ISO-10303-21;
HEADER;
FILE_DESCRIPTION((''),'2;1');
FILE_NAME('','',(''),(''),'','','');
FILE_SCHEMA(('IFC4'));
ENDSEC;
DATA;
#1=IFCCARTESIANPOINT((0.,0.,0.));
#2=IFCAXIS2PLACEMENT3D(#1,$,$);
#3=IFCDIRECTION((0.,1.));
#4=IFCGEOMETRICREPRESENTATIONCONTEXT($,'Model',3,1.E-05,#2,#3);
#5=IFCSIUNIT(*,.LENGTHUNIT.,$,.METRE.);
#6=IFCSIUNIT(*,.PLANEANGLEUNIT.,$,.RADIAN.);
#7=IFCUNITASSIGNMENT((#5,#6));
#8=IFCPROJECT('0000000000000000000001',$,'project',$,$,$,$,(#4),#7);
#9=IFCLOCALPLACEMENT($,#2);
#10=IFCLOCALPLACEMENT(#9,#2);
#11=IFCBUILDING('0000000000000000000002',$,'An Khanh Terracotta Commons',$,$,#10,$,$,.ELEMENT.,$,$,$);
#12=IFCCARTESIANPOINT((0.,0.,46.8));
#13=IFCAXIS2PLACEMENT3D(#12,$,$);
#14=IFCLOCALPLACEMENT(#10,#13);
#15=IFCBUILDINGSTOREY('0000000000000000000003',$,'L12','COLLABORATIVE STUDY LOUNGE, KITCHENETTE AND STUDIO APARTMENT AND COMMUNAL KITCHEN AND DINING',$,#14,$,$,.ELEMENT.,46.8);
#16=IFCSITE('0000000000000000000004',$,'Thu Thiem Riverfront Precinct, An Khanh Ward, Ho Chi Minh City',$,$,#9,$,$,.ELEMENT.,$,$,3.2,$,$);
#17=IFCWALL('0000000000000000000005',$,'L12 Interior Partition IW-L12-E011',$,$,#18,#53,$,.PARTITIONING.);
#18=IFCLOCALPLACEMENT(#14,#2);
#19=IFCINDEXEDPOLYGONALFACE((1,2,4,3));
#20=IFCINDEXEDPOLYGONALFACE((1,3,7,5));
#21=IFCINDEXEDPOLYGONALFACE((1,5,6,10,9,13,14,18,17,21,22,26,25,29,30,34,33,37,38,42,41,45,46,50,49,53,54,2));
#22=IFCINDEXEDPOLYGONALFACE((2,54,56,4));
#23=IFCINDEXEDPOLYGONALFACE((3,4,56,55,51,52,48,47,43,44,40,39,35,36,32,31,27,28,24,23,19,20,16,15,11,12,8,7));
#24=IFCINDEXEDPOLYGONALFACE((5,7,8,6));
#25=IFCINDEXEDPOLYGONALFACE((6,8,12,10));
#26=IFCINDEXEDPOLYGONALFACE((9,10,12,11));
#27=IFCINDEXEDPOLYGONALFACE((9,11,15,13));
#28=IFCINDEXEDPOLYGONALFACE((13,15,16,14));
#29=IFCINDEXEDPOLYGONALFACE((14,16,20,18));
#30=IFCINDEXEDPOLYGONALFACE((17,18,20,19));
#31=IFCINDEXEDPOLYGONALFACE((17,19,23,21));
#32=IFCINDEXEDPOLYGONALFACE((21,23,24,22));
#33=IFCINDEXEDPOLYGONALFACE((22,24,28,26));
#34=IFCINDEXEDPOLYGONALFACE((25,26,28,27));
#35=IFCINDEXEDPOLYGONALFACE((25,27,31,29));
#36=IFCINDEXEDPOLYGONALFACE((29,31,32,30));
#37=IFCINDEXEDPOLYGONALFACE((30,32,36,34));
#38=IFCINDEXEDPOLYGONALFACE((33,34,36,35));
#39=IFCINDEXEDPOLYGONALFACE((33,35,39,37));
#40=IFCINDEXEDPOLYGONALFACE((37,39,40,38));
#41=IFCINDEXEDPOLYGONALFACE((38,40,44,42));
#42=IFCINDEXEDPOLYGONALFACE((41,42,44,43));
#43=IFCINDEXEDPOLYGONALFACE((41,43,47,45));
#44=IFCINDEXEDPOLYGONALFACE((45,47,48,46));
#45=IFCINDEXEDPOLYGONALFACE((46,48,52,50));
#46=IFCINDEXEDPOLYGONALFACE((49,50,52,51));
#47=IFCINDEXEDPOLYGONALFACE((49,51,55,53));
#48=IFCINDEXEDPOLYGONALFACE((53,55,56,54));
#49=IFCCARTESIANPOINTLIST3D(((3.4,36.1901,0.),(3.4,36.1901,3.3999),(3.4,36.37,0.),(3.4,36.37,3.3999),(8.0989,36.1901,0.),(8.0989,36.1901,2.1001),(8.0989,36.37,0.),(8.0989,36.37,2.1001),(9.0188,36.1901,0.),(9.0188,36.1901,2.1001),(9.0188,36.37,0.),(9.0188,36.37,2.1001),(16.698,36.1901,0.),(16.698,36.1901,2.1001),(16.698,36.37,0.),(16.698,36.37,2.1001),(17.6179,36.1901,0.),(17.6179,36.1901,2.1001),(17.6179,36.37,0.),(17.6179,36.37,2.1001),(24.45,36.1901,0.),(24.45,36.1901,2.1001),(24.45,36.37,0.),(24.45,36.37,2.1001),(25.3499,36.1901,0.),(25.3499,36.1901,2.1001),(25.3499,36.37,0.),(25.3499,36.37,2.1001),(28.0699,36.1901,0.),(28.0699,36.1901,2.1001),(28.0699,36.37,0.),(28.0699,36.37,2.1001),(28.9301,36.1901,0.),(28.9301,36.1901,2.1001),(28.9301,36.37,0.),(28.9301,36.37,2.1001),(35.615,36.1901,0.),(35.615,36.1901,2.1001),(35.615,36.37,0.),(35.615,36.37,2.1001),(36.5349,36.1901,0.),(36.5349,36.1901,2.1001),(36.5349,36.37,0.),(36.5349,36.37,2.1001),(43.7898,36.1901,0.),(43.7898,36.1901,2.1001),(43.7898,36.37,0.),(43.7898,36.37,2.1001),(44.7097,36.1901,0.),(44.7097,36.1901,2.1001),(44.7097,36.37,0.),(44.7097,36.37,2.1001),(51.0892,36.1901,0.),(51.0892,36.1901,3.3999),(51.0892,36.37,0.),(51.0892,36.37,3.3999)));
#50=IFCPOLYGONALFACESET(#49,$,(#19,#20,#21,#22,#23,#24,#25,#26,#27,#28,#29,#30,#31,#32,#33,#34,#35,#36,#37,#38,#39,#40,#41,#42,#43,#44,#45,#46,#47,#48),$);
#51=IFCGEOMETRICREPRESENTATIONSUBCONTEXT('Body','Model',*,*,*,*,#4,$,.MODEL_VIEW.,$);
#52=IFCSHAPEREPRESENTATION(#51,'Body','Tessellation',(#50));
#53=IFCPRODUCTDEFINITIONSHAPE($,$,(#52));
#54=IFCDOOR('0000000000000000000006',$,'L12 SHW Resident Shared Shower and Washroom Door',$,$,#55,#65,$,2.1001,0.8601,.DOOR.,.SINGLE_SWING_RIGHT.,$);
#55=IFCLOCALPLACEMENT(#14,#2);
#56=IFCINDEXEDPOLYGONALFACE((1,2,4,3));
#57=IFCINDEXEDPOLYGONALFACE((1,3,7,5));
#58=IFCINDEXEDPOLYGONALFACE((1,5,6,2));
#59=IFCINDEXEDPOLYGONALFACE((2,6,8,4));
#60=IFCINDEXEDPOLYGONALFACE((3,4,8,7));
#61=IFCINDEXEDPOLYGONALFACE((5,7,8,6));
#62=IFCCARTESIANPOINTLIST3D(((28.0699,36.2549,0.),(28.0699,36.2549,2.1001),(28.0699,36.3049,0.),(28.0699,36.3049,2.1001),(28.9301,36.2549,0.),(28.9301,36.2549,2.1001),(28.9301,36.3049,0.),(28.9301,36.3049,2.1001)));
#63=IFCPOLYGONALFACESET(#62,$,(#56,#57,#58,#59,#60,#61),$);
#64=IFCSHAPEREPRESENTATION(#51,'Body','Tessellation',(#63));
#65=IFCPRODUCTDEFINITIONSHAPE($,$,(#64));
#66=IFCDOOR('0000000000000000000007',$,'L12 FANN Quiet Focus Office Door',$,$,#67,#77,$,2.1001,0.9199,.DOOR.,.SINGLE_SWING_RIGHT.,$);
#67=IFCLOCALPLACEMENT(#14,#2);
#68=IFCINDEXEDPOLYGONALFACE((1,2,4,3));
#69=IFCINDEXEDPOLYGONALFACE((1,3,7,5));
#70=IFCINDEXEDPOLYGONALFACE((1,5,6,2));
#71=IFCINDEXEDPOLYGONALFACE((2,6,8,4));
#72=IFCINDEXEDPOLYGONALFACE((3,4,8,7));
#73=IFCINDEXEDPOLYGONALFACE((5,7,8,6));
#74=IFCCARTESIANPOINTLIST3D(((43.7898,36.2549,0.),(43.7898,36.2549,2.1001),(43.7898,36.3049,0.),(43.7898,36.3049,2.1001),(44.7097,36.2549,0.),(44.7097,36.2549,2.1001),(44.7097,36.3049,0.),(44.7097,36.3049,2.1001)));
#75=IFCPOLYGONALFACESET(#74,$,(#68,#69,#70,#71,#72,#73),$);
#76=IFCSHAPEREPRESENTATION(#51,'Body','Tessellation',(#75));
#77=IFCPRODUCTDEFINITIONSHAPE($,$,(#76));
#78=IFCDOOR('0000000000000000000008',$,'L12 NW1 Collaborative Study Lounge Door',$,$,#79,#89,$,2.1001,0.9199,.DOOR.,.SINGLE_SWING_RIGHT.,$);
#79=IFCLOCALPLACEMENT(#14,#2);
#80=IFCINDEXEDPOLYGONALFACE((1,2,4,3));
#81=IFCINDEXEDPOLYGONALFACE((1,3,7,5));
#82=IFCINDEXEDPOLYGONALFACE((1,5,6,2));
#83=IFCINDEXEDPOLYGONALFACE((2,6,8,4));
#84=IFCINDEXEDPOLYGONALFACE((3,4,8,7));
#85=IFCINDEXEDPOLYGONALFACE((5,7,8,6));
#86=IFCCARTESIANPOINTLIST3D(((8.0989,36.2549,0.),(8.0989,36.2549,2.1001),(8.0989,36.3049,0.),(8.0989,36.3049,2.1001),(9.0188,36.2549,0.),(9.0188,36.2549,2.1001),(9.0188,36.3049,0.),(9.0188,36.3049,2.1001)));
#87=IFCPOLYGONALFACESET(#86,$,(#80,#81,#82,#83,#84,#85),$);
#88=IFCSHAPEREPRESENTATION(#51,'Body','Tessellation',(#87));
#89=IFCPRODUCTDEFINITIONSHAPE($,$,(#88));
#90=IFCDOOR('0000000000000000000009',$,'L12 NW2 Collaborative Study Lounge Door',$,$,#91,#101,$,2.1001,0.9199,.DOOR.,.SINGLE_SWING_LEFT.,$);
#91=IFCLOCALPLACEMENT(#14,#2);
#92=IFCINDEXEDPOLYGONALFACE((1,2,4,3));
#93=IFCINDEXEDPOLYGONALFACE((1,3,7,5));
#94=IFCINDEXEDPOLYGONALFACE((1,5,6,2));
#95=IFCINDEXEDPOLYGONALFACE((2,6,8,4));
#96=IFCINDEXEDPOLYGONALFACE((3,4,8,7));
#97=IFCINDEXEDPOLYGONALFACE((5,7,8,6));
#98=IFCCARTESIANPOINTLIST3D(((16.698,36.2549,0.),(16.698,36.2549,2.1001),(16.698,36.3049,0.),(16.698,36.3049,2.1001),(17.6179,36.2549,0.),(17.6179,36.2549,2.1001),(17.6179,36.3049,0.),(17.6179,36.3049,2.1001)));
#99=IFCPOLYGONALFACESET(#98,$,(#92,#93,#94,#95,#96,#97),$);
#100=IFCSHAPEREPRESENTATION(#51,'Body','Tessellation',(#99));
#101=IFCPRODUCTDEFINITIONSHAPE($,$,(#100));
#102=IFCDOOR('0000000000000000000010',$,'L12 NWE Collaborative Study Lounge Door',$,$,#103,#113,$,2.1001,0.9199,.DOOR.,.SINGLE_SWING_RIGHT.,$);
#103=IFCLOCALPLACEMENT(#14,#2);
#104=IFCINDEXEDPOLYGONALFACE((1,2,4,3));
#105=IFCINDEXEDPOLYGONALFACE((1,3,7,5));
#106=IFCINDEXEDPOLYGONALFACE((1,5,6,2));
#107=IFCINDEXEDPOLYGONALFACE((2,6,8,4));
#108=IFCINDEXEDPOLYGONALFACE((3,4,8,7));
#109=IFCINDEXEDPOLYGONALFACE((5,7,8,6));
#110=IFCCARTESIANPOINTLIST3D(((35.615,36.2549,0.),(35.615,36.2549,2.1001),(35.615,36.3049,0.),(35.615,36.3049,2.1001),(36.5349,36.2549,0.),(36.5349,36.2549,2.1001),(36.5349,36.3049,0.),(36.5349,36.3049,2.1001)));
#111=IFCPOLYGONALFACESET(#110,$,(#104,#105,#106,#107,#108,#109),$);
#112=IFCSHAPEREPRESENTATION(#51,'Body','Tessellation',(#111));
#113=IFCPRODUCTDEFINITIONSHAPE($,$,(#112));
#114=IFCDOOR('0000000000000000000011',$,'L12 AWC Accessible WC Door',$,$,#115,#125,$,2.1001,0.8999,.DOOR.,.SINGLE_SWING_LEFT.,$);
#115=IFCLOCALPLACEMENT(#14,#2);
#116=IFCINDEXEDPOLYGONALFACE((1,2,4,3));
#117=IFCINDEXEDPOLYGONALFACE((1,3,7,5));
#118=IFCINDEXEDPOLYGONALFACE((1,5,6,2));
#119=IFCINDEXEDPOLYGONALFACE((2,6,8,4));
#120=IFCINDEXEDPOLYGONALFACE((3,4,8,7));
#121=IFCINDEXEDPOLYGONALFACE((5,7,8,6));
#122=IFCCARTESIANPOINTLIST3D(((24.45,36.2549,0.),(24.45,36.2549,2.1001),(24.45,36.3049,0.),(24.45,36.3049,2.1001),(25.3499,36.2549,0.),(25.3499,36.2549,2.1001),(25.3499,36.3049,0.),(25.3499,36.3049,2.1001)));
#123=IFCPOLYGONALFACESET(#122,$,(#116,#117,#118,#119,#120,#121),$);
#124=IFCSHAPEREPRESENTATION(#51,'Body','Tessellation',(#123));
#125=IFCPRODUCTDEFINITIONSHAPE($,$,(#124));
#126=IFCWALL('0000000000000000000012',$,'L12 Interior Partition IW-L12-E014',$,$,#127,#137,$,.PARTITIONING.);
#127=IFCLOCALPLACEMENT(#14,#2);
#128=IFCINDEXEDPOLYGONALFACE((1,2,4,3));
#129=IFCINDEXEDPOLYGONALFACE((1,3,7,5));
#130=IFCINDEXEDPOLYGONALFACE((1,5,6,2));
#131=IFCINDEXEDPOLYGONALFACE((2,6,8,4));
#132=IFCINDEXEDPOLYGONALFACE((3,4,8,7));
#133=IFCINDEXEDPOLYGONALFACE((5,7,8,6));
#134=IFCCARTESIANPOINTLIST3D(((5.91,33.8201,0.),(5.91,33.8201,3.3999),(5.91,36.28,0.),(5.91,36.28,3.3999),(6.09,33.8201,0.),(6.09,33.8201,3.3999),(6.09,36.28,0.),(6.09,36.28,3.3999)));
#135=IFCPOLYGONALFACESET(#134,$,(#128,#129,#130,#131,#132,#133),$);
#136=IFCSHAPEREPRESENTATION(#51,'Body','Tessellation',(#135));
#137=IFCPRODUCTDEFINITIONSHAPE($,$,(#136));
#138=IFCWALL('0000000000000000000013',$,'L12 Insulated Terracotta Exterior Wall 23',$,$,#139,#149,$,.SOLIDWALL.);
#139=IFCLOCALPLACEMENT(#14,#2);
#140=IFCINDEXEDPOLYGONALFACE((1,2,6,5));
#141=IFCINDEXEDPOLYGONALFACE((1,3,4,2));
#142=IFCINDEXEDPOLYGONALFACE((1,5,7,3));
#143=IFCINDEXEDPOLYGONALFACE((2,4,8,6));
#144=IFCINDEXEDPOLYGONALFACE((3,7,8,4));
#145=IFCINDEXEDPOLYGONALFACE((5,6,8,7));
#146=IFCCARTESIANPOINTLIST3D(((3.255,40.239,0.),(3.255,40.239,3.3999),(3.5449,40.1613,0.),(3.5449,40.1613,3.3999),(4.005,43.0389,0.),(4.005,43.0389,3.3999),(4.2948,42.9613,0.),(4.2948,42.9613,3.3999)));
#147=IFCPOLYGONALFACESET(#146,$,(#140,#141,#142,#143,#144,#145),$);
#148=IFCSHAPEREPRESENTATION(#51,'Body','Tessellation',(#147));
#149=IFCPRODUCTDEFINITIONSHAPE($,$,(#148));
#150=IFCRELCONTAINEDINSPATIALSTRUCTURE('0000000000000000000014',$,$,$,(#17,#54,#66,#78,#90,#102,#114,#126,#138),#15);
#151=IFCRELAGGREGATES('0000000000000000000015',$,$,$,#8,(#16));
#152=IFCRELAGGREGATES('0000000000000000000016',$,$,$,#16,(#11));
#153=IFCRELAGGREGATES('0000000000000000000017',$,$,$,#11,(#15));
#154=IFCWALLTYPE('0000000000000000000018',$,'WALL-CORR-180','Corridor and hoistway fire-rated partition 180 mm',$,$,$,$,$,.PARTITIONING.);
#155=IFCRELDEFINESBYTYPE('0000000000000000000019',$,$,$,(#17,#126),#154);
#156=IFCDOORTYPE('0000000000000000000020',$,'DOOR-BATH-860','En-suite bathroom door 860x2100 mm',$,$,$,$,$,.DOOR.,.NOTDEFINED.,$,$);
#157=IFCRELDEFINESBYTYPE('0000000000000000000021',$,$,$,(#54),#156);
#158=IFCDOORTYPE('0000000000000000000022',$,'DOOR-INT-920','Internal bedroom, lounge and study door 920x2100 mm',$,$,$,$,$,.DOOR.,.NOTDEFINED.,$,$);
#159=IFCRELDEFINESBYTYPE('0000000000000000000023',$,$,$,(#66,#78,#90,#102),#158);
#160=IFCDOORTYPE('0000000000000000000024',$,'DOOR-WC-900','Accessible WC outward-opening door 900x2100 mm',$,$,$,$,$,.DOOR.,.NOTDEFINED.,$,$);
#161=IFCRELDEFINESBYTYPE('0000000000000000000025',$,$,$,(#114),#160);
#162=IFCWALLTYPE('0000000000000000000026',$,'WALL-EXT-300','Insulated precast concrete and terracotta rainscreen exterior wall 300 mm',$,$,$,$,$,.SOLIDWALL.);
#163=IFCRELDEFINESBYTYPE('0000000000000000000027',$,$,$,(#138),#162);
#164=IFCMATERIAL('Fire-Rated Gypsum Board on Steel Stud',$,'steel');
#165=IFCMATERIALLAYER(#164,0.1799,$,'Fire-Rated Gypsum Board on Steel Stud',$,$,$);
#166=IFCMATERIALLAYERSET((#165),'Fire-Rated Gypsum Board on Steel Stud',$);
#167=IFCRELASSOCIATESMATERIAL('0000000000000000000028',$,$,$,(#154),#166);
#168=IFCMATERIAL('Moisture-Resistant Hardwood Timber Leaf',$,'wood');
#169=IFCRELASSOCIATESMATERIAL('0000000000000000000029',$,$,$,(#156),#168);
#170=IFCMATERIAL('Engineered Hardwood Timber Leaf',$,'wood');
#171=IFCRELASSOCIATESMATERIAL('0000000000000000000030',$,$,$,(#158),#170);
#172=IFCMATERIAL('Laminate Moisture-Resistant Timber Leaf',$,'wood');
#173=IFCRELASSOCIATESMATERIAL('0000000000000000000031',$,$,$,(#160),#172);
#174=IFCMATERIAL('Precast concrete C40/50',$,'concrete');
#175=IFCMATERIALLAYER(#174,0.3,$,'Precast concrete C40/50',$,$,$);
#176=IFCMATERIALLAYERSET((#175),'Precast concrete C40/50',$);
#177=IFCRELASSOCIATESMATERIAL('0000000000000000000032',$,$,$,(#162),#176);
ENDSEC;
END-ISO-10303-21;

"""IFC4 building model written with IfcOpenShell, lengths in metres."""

from ifc_helpers import new_model, si_unit, direction, frame, frame_2d, origin, place, context, subcontext, project, spatial, rectangle, extrude, material, layer, layer_set, type_object, element, fill, save


model = new_model("IFC4")

# Units and contexts
model_context = context("Model", 3, precision=1e-05, world=origin(), true_north=direction((0.0, 1.0)))
body_context = subcontext(model_context, "Body", "Model", "MODEL_VIEW")
ifc_project = project(units=[si_unit("LENGTHUNIT", "METRE"), si_unit("PLANEANGLEUNIT", "RADIAN")], contexts=[model_context])

# Site, building, storey
site_placement = place(None, origin())
site = spatial("IfcSite", under=ifc_project, at=site_placement, Name="Thu Thiem Riverfront Precinct, An Khanh Ward, Ho Chi Minh City", CompositionType="ELEMENT", RefElevation=3.2)
building_placement = place(site_placement, origin())
building = spatial("IfcBuilding", under=site, at=building_placement, Name="An Khanh Terracotta Commons", CompositionType="ELEMENT")
storey_placement = place(building_placement, frame((0.0, 0.0, 46.8)))
storey = spatial("IfcBuildingStorey", under=building, at=storey_placement, Name="L12", Description="COLLABORATIVE STUDY LOUNGE, KITCHENETTE AND STUDIO APARTMENT AND COMMUNAL KITCHEN AND DINING", CompositionType="ELEMENT", Elevation=46.8)

# Shared definitions
ifc_material_1 = material(Name="Fire-Rated Gypsum Board on Steel Stud", Category="steel")
ifc_layer_1 = layer(ifc_material_1, 0.1799, Name="Fire-Rated Gypsum Board on Steel Stud")
ifc_layer_set_1 = layer_set([ifc_layer_1], Name="Fire-Rated Gypsum Board on Steel Stud")
wall_type_1 = type_object("IfcWallType", Name="WALL-CORR-180", Description="Corridor and hoistway fire-rated partition 180 mm", PredefinedType="PARTITIONING", material=ifc_layer_set_1)

# Wall, openings, doors
wall_1_placement = place(storey_placement, frame((3.3999, 36.28, 0.0), z_axis=(0.0, 0.0, 1.0), x_axis=(1.0, 0.0, 0.0)))
wall_1 = element("IfcWall", 1, at=wall_1_placement, inside=storey, type_object=wall_type_1, Name="L12 Interior Partition IW-L12-E011", PredefinedType="PARTITIONING", context=body_context, shape_type="SweptSolid", body=[
    extrude(rectangle(XDim=47.6892, YDim=0.1799, at=frame_2d((23.8447, 0.0))), origin(), (0.0, 0.0, 1.0), 3.3999),
])
opening_1_placement = place(wall_1_placement, frame((21.05, 0.0, 0.0)))
opening_1 = element("IfcOpeningElement", 2, at=opening_1_placement, cuts=wall_1, PredefinedType="OPENING", context=body_context, shape_type="SweptSolid", body=[
    extrude(rectangle(XDim=0.8999, YDim=2.1001, at=frame_2d((0.45, 1.05))), frame((0.0, 0.0999, 0.0), z_axis=(0.0, -1.0, 0.0), x_axis=(1.0, 0.0, 0.0)), (0.0, 0.0, 1.0), 0.2),
])
opening_2_placement = place(wall_1_placement, frame((24.6699, 0.0, 0.0)))
opening_2 = element("IfcOpeningElement", 3, at=opening_2_placement, cuts=wall_1, PredefinedType="OPENING", context=body_context, shape_type="SweptSolid", body=[
    extrude(rectangle(XDim=0.8601, YDim=2.1001, at=frame_2d((0.4302, 1.05))), frame((0.0, 0.0999, 0.0), z_axis=(0.0, -1.0, 0.0), x_axis=(1.0, 0.0, 0.0)), (0.0, 0.0, 1.0), 0.2),
])
opening_3_placement = place(wall_1_placement, frame((40.3899, 0.0, 0.0)))
opening_3 = element("IfcOpeningElement", 4, at=opening_3_placement, cuts=wall_1, PredefinedType="OPENING", context=body_context, shape_type="SweptSolid", body=[
    extrude(rectangle(XDim=0.9199, YDim=2.1001, at=frame_2d((0.46, 1.05))), frame((0.0, 0.0999, 0.0), z_axis=(0.0, -1.0, 0.0), x_axis=(1.0, 0.0, 0.0)), (0.0, 0.0, 1.0), 0.2),
])
opening_4_placement = place(wall_1_placement, frame((4.699, 0.0, 0.0)))
opening_4 = element("IfcOpeningElement", 5, at=opening_4_placement, cuts=wall_1, PredefinedType="OPENING", context=body_context, shape_type="SweptSolid", body=[
    extrude(rectangle(XDim=0.9199, YDim=2.1001, at=frame_2d((0.46, 1.05))), frame((0.0, 0.0999, 0.0), z_axis=(0.0, -1.0, 0.0), x_axis=(1.0, 0.0, 0.0)), (0.0, 0.0, 1.0), 0.2),
])
opening_5_placement = place(wall_1_placement, frame((13.2981, 0.0, 0.0)))
opening_5 = element("IfcOpeningElement", 6, at=opening_5_placement, cuts=wall_1, PredefinedType="OPENING", context=body_context, shape_type="SweptSolid", body=[
    extrude(rectangle(XDim=0.9199, YDim=2.1001, at=frame_2d((0.46, 1.05))), frame((0.0, 0.0999, 0.0), z_axis=(0.0, -1.0, 0.0), x_axis=(1.0, 0.0, 0.0)), (0.0, 0.0, 1.0), 0.2),
])
opening_6_placement = place(wall_1_placement, frame((32.2151, 0.0, 0.0)))
opening_6 = element("IfcOpeningElement", 7, at=opening_6_placement, cuts=wall_1, PredefinedType="OPENING", context=body_context, shape_type="SweptSolid", body=[
    extrude(rectangle(XDim=0.9199, YDim=2.1001, at=frame_2d((0.46, 1.05))), frame((0.0, 0.0999, 0.0), z_axis=(0.0, -1.0, 0.0), x_axis=(1.0, 0.0, 0.0)), (0.0, 0.0, 1.0), 0.2),
])
ifc_material_2 = material(Name="Moisture-Resistant Hardwood Timber Leaf", Category="wood")
door_type_1 = type_object("IfcDoorType", Name="DOOR-BATH-860", Description="En-suite bathroom door 860x2100 mm", OperationType="NOTDEFINED", PredefinedType="DOOR", material=ifc_material_2)
door_1_placement = place(opening_2_placement, origin())
door_1 = element("IfcDoor", 8, at=door_1_placement, inside=storey, type_object=door_type_1, Name="L12 SHW Resident Shared Shower and Washroom Door", OperationType="SINGLE_SWING_RIGHT", OverallHeight=2.1001, OverallWidth=0.8601, PredefinedType="DOOR", context=body_context, shape_type="SweptSolid", body=[
    extrude(rectangle(XDim=0.8601, YDim=2.1001, at=frame_2d((0.4302, 1.05))), frame((0.0, 0.0249, 0.0), z_axis=(0.0, -1.0, 0.0), x_axis=(1.0, 0.0, 0.0)), (0.0, 0.0, 1.0), 0.05),
])
fill(opening_2, door_1)
ifc_material_3 = material(Name="Engineered Hardwood Timber Leaf", Category="wood")
door_type_2 = type_object("IfcDoorType", Name="DOOR-INT-920", Description="Internal bedroom, lounge and study door 920x2100 mm", OperationType="NOTDEFINED", PredefinedType="DOOR", material=ifc_material_3)
door_2_placement = place(opening_3_placement, origin())
door_2 = element("IfcDoor", 9, at=door_2_placement, inside=storey, type_object=door_type_2, Name="L12 FANN Quiet Focus Office Door", OperationType="SINGLE_SWING_RIGHT", OverallHeight=2.1001, OverallWidth=0.9199, PredefinedType="DOOR", context=body_context, shape_type="SweptSolid", body=[
    extrude(rectangle(XDim=0.9199, YDim=2.1001, at=frame_2d((0.46, 1.05))), frame((0.0, 0.0249, 0.0), z_axis=(0.0, -1.0, 0.0), x_axis=(1.0, 0.0, 0.0)), (0.0, 0.0, 1.0), 0.05),
])
fill(opening_3, door_2)
door_3_placement = place(opening_4_placement, origin())
door_3 = element("IfcDoor", 10, at=door_3_placement, inside=storey, type_object=door_type_2, Name="L12 NW1 Collaborative Study Lounge Door", OperationType="SINGLE_SWING_RIGHT", OverallHeight=2.1001, OverallWidth=0.9199, PredefinedType="DOOR", context=body_context, shape_type="SweptSolid", body=[
    extrude(rectangle(XDim=0.9199, YDim=2.1001, at=frame_2d((0.46, 1.05))), frame((0.0, 0.0249, 0.0), z_axis=(0.0, -1.0, 0.0), x_axis=(1.0, 0.0, 0.0)), (0.0, 0.0, 1.0), 0.05),
])
fill(opening_4, door_3)
door_4_placement = place(opening_5_placement, origin())
door_4 = element("IfcDoor", 11, at=door_4_placement, inside=storey, type_object=door_type_2, Name="L12 NW2 Collaborative Study Lounge Door", OperationType="SINGLE_SWING_LEFT", OverallHeight=2.1001, OverallWidth=0.9199, PredefinedType="DOOR", context=body_context, shape_type="SweptSolid", body=[
    extrude(rectangle(XDim=0.9199, YDim=2.1001, at=frame_2d((0.46, 1.05))), frame((0.0, 0.0249, 0.0), z_axis=(0.0, -1.0, 0.0), x_axis=(1.0, 0.0, 0.0)), (0.0, 0.0, 1.0), 0.05),
])
fill(opening_5, door_4)
door_5_placement = place(opening_6_placement, origin())
door_5 = element("IfcDoor", 12, at=door_5_placement, inside=storey, type_object=door_type_2, Name="L12 NWE Collaborative Study Lounge Door", OperationType="SINGLE_SWING_RIGHT", OverallHeight=2.1001, OverallWidth=0.9199, PredefinedType="DOOR", context=body_context, shape_type="SweptSolid", body=[
    extrude(rectangle(XDim=0.9199, YDim=2.1001, at=frame_2d((0.46, 1.05))), frame((0.0, 0.0249, 0.0), z_axis=(0.0, -1.0, 0.0), x_axis=(1.0, 0.0, 0.0)), (0.0, 0.0, 1.0), 0.05),
])
fill(opening_6, door_5)
ifc_material_4 = material(Name="Laminate Moisture-Resistant Timber Leaf", Category="wood")
door_type_3 = type_object("IfcDoorType", Name="DOOR-WC-900", Description="Accessible WC outward-opening door 900x2100 mm", OperationType="NOTDEFINED", PredefinedType="DOOR", material=ifc_material_4)
door_6_placement = place(opening_1_placement, origin())
door_6 = element("IfcDoor", 13, at=door_6_placement, inside=storey, type_object=door_type_3, Name="L12 AWC Accessible WC Door", OperationType="SINGLE_SWING_LEFT", OverallHeight=2.1001, OverallWidth=0.8999, PredefinedType="DOOR", context=body_context, shape_type="SweptSolid", body=[
    extrude(rectangle(XDim=0.8999, YDim=2.1001, at=frame_2d((0.45, 1.05))), frame((0.0, 0.0249, 0.0), z_axis=(0.0, -1.0, 0.0), x_axis=(1.0, 0.0, 0.0)), (0.0, 0.0, 1.0), 0.05),
])
fill(opening_1, door_6)

# Walls
wall_2_placement = place(storey_placement, frame((6.0, 33.8201, 0.0), z_axis=(0.0, 0.0, 1.0), x_axis=(0.0, 1.0, 0.0)))
element("IfcWall", 14, at=wall_2_placement, inside=storey, type_object=wall_type_1, Name="L12 Interior Partition IW-L12-E014", PredefinedType="PARTITIONING", context=body_context, shape_type="SweptSolid", body=[
    extrude(rectangle(XDim=2.46, YDim=0.1799, at=frame_2d((1.23, 0.0))), origin(), (0.0, 0.0, 1.0), 3.3999),
])
ifc_material_5 = material(Name="Precast concrete C40/50", Category="concrete")
ifc_layer_2 = layer(ifc_material_5, 0.3, Name="Precast concrete C40/50")
ifc_layer_set_2 = layer_set([ifc_layer_2], Name="Precast concrete C40/50")
wall_type_2 = type_object("IfcWallType", Name="WALL-EXT-300", Description="Insulated precast concrete and terracotta rainscreen exterior wall 300 mm", PredefinedType="SOLIDWALL", material=ifc_layer_set_2)
wall_3_placement = place(storey_placement, frame((4.1499, 43.0, 0.0), z_axis=(0.0, 0.0, 1.0), x_axis=(-0.258732, -0.965949, 0.0)))
element("IfcWall", 15, at=wall_3_placement, inside=storey, type_object=wall_type_2, Name="L12 Insulated Terracotta Exterior Wall 23", PredefinedType="SOLIDWALL", context=body_context, shape_type="SweptSolid", body=[
    extrude(rectangle(XDim=2.8987, YDim=0.3, at=frame_2d((1.4492, 0.0))), origin(), (0.0, 0.0, 1.0), 3.3999),
])

save(model, "model.ifc")
